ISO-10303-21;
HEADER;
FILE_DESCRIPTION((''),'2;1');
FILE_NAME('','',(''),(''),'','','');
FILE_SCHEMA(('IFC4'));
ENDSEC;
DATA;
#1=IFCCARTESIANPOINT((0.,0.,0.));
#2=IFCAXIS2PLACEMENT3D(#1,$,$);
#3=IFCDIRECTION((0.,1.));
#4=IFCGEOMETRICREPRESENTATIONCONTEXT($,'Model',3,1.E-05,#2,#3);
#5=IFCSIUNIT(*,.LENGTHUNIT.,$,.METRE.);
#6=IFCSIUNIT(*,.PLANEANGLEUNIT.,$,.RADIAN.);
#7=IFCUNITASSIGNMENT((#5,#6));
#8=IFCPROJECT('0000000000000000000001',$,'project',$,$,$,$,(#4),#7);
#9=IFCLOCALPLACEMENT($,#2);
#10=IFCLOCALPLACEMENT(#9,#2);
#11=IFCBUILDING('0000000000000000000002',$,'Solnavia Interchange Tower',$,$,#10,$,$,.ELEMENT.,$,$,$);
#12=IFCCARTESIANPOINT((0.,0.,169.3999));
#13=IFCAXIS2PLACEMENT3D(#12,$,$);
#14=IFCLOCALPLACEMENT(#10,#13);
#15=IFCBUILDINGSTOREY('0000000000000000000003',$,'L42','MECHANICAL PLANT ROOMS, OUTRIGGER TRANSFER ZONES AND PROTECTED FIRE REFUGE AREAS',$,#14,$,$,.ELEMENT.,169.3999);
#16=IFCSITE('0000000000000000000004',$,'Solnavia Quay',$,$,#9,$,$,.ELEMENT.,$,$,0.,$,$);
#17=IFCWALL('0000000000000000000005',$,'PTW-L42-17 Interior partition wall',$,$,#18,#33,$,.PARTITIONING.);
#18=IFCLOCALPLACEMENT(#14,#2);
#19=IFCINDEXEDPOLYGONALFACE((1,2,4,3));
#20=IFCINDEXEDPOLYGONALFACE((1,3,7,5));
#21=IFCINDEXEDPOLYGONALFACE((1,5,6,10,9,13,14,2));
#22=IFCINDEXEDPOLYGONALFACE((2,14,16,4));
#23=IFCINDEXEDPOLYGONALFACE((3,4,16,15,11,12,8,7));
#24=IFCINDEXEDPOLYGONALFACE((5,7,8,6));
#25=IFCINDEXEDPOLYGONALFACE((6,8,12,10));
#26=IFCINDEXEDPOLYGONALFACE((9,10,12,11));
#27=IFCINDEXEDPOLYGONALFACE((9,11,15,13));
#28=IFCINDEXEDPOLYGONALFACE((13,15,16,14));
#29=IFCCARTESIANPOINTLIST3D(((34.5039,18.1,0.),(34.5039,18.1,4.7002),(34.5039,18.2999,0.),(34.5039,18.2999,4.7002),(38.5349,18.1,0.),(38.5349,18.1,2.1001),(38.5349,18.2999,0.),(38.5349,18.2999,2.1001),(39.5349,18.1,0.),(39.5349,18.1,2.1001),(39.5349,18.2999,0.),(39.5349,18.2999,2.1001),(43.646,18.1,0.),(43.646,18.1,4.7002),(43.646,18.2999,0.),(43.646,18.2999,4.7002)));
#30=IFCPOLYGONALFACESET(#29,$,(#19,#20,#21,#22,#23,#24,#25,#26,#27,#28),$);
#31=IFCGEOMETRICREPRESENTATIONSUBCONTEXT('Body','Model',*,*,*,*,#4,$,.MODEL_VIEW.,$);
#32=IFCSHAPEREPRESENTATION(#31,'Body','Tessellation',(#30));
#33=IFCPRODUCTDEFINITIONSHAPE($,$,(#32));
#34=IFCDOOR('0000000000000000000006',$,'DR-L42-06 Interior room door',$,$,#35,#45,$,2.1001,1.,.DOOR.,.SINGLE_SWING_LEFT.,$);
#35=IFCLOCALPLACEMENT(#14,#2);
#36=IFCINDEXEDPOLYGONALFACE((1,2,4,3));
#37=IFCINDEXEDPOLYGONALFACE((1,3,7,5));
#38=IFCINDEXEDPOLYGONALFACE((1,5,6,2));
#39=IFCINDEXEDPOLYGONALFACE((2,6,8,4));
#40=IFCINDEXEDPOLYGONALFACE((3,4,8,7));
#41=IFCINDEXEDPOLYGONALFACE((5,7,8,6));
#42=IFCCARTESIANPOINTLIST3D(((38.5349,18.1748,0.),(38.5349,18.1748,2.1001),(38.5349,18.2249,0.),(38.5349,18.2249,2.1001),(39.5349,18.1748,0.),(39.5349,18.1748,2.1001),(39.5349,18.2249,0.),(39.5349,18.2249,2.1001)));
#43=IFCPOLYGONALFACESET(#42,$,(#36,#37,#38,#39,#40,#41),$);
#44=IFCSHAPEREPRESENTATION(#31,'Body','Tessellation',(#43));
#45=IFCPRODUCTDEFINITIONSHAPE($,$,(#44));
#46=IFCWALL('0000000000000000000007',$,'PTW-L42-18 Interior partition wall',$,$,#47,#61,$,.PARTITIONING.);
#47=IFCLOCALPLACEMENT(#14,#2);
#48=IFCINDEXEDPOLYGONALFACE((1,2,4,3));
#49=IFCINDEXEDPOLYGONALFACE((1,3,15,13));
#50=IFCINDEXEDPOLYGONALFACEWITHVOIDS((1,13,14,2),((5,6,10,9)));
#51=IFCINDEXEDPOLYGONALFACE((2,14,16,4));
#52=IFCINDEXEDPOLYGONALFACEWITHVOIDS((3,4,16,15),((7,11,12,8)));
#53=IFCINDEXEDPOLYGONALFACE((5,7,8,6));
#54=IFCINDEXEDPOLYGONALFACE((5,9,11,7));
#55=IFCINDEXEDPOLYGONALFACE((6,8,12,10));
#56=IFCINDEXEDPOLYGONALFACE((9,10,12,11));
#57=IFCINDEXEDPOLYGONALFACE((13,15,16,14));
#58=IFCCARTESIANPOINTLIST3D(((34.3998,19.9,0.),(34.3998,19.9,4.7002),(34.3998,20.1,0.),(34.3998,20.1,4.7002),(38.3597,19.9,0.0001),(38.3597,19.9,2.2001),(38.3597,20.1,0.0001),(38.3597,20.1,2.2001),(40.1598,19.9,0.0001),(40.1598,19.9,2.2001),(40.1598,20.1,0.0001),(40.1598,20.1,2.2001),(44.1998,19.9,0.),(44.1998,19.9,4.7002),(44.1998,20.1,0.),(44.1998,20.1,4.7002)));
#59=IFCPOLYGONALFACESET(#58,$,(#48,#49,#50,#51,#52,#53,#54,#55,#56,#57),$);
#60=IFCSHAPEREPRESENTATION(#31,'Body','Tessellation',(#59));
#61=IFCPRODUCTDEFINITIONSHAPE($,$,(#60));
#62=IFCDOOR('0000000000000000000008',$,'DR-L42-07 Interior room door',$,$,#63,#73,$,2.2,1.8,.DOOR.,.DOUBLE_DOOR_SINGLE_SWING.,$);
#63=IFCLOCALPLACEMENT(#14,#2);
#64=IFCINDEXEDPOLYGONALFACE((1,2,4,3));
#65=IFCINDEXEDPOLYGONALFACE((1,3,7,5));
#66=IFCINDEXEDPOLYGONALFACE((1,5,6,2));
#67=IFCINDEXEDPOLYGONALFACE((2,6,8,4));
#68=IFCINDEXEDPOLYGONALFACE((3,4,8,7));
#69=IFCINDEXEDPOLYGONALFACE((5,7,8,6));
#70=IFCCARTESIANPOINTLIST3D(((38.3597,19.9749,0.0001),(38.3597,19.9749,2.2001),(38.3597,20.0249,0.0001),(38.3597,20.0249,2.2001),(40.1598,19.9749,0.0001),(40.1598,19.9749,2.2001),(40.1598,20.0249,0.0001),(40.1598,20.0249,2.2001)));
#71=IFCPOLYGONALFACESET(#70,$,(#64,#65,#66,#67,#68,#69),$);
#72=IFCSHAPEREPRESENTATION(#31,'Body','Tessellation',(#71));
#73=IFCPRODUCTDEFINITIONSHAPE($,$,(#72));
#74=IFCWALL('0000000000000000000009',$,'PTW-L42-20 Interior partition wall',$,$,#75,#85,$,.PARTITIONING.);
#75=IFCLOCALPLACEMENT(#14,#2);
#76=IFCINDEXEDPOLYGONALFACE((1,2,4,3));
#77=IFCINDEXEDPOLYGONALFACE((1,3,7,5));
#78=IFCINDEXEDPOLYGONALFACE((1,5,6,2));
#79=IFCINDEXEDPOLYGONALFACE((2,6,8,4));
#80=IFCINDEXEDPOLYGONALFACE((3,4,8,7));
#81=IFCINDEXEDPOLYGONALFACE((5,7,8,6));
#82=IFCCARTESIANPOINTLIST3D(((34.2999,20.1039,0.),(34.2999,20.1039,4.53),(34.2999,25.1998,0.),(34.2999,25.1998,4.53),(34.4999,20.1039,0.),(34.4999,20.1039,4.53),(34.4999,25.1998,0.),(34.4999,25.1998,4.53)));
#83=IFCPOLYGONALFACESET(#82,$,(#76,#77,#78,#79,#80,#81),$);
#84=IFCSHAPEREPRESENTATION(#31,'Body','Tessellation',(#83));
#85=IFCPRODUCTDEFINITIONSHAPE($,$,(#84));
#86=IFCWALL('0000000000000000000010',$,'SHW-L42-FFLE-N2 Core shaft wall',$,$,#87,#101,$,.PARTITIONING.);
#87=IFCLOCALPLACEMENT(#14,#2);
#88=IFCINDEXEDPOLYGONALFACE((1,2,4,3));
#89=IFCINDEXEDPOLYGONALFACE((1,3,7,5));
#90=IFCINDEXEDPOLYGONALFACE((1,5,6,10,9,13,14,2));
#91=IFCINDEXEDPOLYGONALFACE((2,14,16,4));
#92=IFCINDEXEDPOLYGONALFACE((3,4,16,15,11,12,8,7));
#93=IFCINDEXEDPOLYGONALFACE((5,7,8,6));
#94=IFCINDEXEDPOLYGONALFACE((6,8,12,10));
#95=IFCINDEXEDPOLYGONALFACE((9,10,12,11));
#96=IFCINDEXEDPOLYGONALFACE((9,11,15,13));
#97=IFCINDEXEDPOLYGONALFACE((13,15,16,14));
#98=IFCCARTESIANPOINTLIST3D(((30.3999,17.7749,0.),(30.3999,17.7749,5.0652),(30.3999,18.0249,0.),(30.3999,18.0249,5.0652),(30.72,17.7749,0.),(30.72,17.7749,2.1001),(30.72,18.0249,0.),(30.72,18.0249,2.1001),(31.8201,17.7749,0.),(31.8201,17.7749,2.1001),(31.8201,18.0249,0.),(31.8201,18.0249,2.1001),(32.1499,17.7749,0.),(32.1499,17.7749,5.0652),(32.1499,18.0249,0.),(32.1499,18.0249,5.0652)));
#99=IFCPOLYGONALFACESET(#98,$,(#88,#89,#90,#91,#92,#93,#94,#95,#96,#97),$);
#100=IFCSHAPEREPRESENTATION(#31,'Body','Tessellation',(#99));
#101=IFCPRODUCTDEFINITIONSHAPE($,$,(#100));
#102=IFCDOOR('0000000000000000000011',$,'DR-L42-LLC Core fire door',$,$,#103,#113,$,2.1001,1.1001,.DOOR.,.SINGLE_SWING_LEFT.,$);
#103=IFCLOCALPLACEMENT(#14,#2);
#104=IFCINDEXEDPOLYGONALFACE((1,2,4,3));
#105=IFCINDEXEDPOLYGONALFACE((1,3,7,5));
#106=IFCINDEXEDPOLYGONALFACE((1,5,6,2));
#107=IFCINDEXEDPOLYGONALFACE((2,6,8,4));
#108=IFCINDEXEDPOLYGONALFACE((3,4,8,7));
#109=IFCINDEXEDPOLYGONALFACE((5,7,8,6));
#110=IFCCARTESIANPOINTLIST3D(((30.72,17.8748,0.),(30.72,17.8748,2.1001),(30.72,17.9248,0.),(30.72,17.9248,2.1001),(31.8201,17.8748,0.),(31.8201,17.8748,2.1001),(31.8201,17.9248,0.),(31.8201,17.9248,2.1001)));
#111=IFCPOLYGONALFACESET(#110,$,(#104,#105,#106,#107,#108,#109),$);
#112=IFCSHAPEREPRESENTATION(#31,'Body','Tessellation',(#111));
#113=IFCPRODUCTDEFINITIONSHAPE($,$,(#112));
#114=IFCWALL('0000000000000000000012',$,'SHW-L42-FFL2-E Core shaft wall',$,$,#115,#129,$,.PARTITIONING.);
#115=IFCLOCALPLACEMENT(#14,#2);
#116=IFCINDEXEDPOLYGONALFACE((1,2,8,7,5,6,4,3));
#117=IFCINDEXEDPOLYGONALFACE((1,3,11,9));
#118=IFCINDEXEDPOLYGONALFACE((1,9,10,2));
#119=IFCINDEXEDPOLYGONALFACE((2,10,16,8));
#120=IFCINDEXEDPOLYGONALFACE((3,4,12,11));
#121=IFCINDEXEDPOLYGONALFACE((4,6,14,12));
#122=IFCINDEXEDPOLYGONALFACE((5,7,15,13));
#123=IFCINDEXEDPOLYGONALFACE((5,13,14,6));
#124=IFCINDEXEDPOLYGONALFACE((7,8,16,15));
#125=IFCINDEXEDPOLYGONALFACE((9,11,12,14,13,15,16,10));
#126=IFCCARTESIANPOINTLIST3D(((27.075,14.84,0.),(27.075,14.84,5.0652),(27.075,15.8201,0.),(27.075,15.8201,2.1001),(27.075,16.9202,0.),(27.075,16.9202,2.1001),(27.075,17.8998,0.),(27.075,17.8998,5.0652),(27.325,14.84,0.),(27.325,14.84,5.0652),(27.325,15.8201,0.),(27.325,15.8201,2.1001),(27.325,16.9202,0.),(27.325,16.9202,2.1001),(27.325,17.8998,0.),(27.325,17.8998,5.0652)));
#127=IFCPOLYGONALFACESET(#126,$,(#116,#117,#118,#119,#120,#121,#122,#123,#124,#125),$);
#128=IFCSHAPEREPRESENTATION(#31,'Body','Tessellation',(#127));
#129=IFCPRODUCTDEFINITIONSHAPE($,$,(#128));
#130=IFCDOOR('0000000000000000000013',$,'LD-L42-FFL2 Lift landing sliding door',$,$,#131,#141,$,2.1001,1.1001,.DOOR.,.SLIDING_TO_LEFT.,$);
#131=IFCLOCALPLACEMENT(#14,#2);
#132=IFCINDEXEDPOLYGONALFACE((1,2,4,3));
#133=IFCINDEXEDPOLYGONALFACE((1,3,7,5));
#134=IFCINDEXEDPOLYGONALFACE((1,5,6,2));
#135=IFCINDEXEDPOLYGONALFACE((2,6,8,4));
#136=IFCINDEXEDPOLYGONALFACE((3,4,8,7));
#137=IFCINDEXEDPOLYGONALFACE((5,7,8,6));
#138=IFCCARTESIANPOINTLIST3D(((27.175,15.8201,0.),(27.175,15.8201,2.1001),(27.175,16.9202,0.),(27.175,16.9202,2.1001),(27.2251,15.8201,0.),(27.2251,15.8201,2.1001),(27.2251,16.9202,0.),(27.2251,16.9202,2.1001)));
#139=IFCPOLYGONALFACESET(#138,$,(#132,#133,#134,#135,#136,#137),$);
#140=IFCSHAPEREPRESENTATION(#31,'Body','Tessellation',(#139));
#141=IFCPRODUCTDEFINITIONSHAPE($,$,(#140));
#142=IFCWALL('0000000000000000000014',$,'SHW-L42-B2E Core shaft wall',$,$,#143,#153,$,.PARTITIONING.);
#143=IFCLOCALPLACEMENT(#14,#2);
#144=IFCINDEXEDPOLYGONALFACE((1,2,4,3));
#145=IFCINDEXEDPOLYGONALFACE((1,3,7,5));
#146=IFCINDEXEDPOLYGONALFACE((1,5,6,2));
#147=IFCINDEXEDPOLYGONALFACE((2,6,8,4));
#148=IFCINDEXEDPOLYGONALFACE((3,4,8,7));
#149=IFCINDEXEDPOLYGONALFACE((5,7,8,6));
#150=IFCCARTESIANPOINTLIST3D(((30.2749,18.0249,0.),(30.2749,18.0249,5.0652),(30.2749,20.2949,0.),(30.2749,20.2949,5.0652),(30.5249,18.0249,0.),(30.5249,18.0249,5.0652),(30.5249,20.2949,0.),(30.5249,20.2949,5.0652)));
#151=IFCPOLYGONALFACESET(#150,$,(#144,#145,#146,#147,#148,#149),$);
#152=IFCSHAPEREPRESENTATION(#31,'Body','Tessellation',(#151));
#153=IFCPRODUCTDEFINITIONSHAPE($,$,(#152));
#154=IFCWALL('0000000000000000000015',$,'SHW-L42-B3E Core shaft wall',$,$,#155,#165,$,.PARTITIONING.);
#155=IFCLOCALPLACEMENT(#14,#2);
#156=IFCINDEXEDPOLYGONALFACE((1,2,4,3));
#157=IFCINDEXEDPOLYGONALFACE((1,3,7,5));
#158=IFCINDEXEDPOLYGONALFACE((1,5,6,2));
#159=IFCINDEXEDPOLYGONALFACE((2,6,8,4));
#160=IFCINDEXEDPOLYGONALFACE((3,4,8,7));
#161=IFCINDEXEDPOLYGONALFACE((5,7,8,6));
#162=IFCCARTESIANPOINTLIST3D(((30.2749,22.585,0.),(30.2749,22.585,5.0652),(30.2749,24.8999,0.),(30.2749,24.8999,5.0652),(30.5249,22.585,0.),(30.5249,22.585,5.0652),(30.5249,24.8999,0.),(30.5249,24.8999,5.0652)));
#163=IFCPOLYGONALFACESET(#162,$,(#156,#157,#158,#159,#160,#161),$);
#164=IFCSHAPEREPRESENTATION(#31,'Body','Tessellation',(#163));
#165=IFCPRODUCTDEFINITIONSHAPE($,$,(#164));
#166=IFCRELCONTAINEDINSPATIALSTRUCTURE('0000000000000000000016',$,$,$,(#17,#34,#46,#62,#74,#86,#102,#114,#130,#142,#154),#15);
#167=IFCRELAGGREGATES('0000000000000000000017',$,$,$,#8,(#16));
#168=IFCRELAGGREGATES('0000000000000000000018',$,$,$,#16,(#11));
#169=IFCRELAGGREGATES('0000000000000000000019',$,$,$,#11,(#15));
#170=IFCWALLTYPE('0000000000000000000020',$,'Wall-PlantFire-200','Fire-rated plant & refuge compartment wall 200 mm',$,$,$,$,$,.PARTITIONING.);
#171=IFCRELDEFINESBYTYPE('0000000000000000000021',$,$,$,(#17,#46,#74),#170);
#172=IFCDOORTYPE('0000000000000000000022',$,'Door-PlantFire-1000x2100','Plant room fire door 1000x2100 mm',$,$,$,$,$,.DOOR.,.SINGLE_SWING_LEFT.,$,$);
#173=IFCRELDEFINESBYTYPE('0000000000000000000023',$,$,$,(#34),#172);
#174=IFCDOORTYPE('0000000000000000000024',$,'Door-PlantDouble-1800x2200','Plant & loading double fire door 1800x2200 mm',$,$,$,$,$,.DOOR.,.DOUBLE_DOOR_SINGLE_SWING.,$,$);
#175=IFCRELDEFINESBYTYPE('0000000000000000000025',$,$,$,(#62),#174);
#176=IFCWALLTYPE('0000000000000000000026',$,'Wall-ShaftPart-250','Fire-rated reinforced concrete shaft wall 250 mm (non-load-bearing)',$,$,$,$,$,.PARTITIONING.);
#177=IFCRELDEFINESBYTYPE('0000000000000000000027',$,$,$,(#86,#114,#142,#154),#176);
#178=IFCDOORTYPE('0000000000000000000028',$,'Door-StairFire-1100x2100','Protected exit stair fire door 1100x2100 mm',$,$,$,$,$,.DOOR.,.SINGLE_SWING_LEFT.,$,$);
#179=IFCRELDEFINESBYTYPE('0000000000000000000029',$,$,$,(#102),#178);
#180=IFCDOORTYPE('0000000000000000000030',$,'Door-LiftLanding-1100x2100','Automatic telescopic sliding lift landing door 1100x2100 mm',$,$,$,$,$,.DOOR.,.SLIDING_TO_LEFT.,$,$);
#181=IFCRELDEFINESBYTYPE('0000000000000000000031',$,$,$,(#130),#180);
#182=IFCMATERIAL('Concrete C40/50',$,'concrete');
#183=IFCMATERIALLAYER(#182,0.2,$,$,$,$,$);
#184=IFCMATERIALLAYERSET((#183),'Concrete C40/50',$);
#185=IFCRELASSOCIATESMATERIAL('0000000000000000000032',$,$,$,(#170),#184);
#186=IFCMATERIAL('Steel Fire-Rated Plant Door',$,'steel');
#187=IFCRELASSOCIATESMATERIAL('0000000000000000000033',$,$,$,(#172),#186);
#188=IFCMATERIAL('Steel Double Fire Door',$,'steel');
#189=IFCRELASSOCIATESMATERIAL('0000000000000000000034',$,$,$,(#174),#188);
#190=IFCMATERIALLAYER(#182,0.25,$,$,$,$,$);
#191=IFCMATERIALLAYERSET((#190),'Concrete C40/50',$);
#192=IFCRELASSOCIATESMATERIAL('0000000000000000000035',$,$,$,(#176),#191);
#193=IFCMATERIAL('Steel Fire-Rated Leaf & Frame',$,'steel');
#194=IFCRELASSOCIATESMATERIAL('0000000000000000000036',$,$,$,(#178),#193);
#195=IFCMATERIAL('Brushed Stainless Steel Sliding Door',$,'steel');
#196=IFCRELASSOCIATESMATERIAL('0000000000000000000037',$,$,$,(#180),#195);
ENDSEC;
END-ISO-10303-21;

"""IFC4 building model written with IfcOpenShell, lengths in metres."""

from ifc_helpers import new_model, si_unit, direction, frame, frame_2d, origin, place, context, subcontext, project, spatial, rectangle, extrude, material, layer, layer_set, type_object, element, fill, save


model = new_model("IFC4")

# Units and contexts
model_context = context("Model", 3, precision=1e-05, world=origin(), true_north=direction((0.0, 1.0)))
body_context = subcontext(model_context, "Body", "Model", "MODEL_VIEW")
ifc_project = project(units=[si_unit("LENGTHUNIT", "METRE"), si_unit("PLANEANGLEUNIT", "RADIAN")], contexts=[model_context])

# Site, building, storey
site_placement = place(None, origin())
site = spatial("IfcSite", under=ifc_project, at=site_placement, Name="Solnavia Quay", CompositionType="ELEMENT", RefElevation=0.0)
building_placement = place(site_placement, origin())
building = spatial("IfcBuilding", under=site, at=building_placement, Name="Solnavia Interchange Tower", CompositionType="ELEMENT")
storey_placement = place(building_placement, frame((0.0, 0.0, 169.3999)))
storey = spatial("IfcBuildingStorey", under=building, at=storey_placement, Name="L42", Description="MECHANICAL PLANT ROOMS, OUTRIGGER TRANSFER ZONES AND PROTECTED FIRE REFUGE AREAS", CompositionType="ELEMENT", Elevation=169.3999)

# Shared definitions
ifc_material_1 = material(Name="Concrete C40/50", Category="concrete")

# Shared definitions
ifc_layer_1 = layer(ifc_material_1, 0.2)
ifc_layer_set_1 = layer_set([ifc_layer_1], Name="Concrete C40/50")
wall_type_1 = type_object("IfcWallType", Name="Wall-PlantFire-200", Description="Fire-rated plant & refuge compartment wall 200 mm", PredefinedType="PARTITIONING", material=ifc_layer_set_1)

# Walls, openings, doors
wall_1_placement = place(storey_placement, frame((34.5039, 18.2, 0.0), z_axis=(0.0, 0.0, 1.0), x_axis=(1.0, 0.0, 0.0)))
wall_1 = element("IfcWall", 1, at=wall_1_placement, inside=storey, type_object=wall_type_1, Name="PTW-L42-17 Interior partition wall", PredefinedType="PARTITIONING", context=body_context, shape_type="SweptSolid", body=[
    extrude(rectangle(XDim=9.1421, YDim=0.2, at=frame_2d((4.571, 0.0))), origin(), (0.0, 0.0, 1.0), 4.7002),
])
opening_1_placement = place(wall_1_placement, frame((4.031, 0.0, 0.0)))
opening_1 = element("IfcOpeningElement", 2, at=opening_1_placement, cuts=wall_1, PredefinedType="OPENING", context=body_context, shape_type="SweptSolid", body=[
    extrude(rectangle(XDim=1.0, YDim=2.1001, at=frame_2d((0.5, 1.05))), frame((0.0, 0.1099, 0.0), z_axis=(0.0, -1.0, 0.0), x_axis=(1.0, 0.0, 0.0)), (0.0, 0.0, 1.0), 0.22),
])
ifc_material_2 = material(Name="Steel Fire-Rated Plant Door", Category="steel")
door_type_1 = type_object("IfcDoorType", Name="Door-PlantFire-1000x2100", Description="Plant room fire door 1000x2100 mm", OperationType="SINGLE_SWING_LEFT", PredefinedType="DOOR", material=ifc_material_2)
door_1_placement = place(opening_1_placement, origin())
door_1 = element("IfcDoor", 3, at=door_1_placement, inside=storey, type_object=door_type_1, Name="DR-L42-06 Interior room door", OperationType="SINGLE_SWING_LEFT", OverallHeight=2.1001, OverallWidth=1.0, PredefinedType="DOOR", context=body_context, shape_type="SweptSolid", body=[
    extrude(rectangle(XDim=1.0, YDim=2.1001, at=frame_2d((0.5, 1.05))), frame((0.0, 0.0249, 0.0), z_axis=(0.0, -1.0, 0.0), x_axis=(1.0, 0.0, 0.0)), (0.0, 0.0, 1.0), 0.05),
])
fill(opening_1, door_1)
wall_2_placement = place(storey_placement, frame((34.3999, 20.0, 0.0), z_axis=(0.0, 0.0, 1.0), x_axis=(1.0, 0.0, 0.0)))
wall_2 = element("IfcWall", 4, at=wall_2_placement, inside=storey, type_object=wall_type_1, Name="PTW-L42-18 Interior partition wall", PredefinedType="PARTITIONING", context=body_context, shape_type="SweptSolid", body=[
    extrude(rectangle(XDim=9.8, YDim=0.2, at=frame_2d((4.8999, 0.0))), origin(), (0.0, 0.0, 1.0), 4.7002),
])
opening_2_placement = place(wall_2_placement, frame((3.96, 0.0, 0.0)))
opening_2 = element("IfcOpeningElement", 5, at=opening_2_placement, cuts=wall_2, PredefinedType="OPENING", context=body_context, shape_type="SweptSolid", body=[
    extrude(rectangle(XDim=1.8, YDim=2.2, at=frame_2d((0.8999, 1.1001))), frame((0.0, 0.1099, 0.0), z_axis=(0.0, -1.0, 0.0), x_axis=(1.0, 0.0, 0.0)), (0.0, 0.0, 1.0), 0.22),
])
ifc_material_3 = material(Name="Steel Double Fire Door", Category="steel")
door_type_2 = type_object("IfcDoorType", Name="Door-PlantDouble-1800x2200", Description="Plant & loading double fire door 1800x2200 mm", OperationType="DOUBLE_DOOR_SINGLE_SWING", PredefinedType="DOOR", material=ifc_material_3)
door_2_placement = place(opening_2_placement, origin())
door_2 = element("IfcDoor", 6, at=door_2_placement, inside=storey, type_object=door_type_2, Name="DR-L42-07 Interior room door", OperationType="DOUBLE_DOOR_SINGLE_SWING", OverallHeight=2.2, OverallWidth=1.8, PredefinedType="DOOR", context=body_context, shape_type="SweptSolid", body=[
    extrude(rectangle(XDim=1.8, YDim=2.2, at=frame_2d((0.8999, 1.1001))), frame((0.0, 0.0249, 0.0), z_axis=(0.0, -1.0, 0.0), x_axis=(1.0, 0.0, 0.0)), (0.0, 0.0, 1.0), 0.05),
])
fill(opening_2, door_2)

# Wall
wall_3_placement = place(storey_placement, frame((34.3999, 20.104, 0.0), z_axis=(0.0, 0.0, 1.0), x_axis=(0.0, 1.0, 0.0)))
element("IfcWall", 7, at=wall_3_placement, inside=storey, type_object=wall_type_1, Name="PTW-L42-20 Interior partition wall", PredefinedType="PARTITIONING", context=body_context, shape_type="SweptSolid", body=[
    extrude(rectangle(XDim=5.0959, YDim=0.2, at=frame_2d((2.5479, 0.0))), origin(), (0.0, 0.0, 1.0), 4.53),
])

# Walls, openings, doors
ifc_layer_2 = layer(ifc_material_1, 0.25)
ifc_layer_set_2 = layer_set([ifc_layer_2], Name="Concrete C40/50")
wall_type_2 = type_object("IfcWallType", Name="Wall-ShaftPart-250", Description="Fire-rated reinforced concrete shaft wall 250 mm (non-load-bearing)", PredefinedType="PARTITIONING", material=ifc_layer_set_2)
wall_4_placement = place(storey_placement, frame((30.3999, 17.8999, 0.0), z_axis=(0.0, 0.0, 1.0), x_axis=(1.0, 0.0, 0.0)))
wall_4 = element("IfcWall", 8, at=wall_4_placement, inside=storey, type_object=wall_type_2, Name="SHW-L42-FFLE-N2 Core shaft wall", PredefinedType="PARTITIONING", context=body_context, shape_type="SweptSolid", body=[
    extrude(rectangle(XDim=1.75, YDim=0.25, at=frame_2d((0.875, 0.0))), origin(), (0.0, 0.0, 1.0), 5.0652),
])
opening_3_placement = place(wall_4_placement, frame((0.3201, 0.0, 0.0)))
opening_3 = element("IfcOpeningElement", 9, at=opening_3_placement, cuts=wall_4, PredefinedType="OPENING", context=body_context, shape_type="SweptSolid", body=[
    extrude(rectangle(XDim=1.1001, YDim=2.1001, at=frame_2d((0.55, 1.05))), frame((0.0, 0.135, 0.0), z_axis=(0.0, -1.0, 0.0), x_axis=(1.0, 0.0, 0.0)), (0.0, 0.0, 1.0), 0.27),
])
ifc_material_4 = material(Name="Steel Fire-Rated Leaf & Frame", Category="steel")
door_type_3 = type_object("IfcDoorType", Name="Door-StairFire-1100x2100", Description="Protected exit stair fire door 1100x2100 mm", OperationType="SINGLE_SWING_LEFT", PredefinedType="DOOR", material=ifc_material_4)
door_3_placement = place(opening_3_placement, origin())
door_3 = element("IfcDoor", 10, at=door_3_placement, inside=storey, type_object=door_type_3, Name="DR-L42-LLC Core fire door", OperationType="SINGLE_SWING_LEFT", OverallHeight=2.1001, OverallWidth=1.1001, PredefinedType="DOOR", context=body_context, shape_type="SweptSolid", body=[
    extrude(rectangle(XDim=1.1001, YDim=2.1001, at=frame_2d((0.55, 1.05))), frame((0.0, 0.0249, 0.0), z_axis=(0.0, -1.0, 0.0), x_axis=(1.0, 0.0, 0.0)), (0.0, 0.0, 1.0), 0.05),
])
fill(opening_3, door_3)
wall_5_placement = place(storey_placement, frame((27.2, 14.8401, 0.0), z_axis=(0.0, 0.0, 1.0), x_axis=(0.0, 1.0, 0.0)))
wall_5 = element("IfcWall", 11, at=wall_5_placement, inside=storey, type_object=wall_type_2, Name="SHW-L42-FFL2-E Core shaft wall", PredefinedType="PARTITIONING", context=body_context, shape_type="SweptSolid", body=[
    extrude(rectangle(XDim=3.0598, YDim=0.25, at=frame_2d((1.5298, 0.0))), origin(), (0.0, 0.0, 1.0), 5.0652),
])
opening_4_placement = place(wall_5_placement, frame((0.98, 0.0, 0.0)))
opening_4 = element("IfcOpeningElement", 12, at=opening_4_placement, cuts=wall_5, PredefinedType="OPENING", context=body_context, shape_type="SweptSolid", body=[
    extrude(rectangle(XDim=1.1001, YDim=2.1001, at=frame_2d((0.55, 1.05))), frame((0.0, 0.135, 0.0), z_axis=(0.0, -1.0, 0.0), x_axis=(1.0, 0.0, 0.0)), (0.0, 0.0, 1.0), 0.27),
])
ifc_material_5 = material(Name="Brushed Stainless Steel Sliding Door", Category="steel")
door_type_4 = type_object("IfcDoorType", Name="Door-LiftLanding-1100x2100", Description="Automatic telescopic sliding lift landing door 1100x2100 mm", OperationType="SLIDING_TO_LEFT", PredefinedType="DOOR", material=ifc_material_5)
door_4_placement = place(opening_4_placement, origin())
door_4 = element("IfcDoor", 13, at=door_4_placement, inside=storey, type_object=door_type_4, Name="LD-L42-FFL2 Lift landing sliding door", OperationType="SLIDING_TO_LEFT", OverallHeight=2.1001, OverallWidth=1.1001, PredefinedType="DOOR", context=body_context, shape_type="SweptSolid", body=[
    extrude(rectangle(XDim=1.1001, YDim=2.1001, at=frame_2d((0.55, 1.05))), frame((0.0, 0.0249, 0.0), z_axis=(0.0, -1.0, 0.0), x_axis=(1.0, 0.0, 0.0)), (0.0, 0.0, 1.0), 0.05),
])
fill(opening_4, door_4)

# Walls
wall_6_placement = place(storey_placement, frame((30.3999, 18.0249, 0.0), z_axis=(0.0, 0.0, 1.0), x_axis=(0.0, 1.0, 0.0)))
element("IfcWall", 14, at=wall_6_placement, inside=storey, type_object=wall_type_2, Name="SHW-L42-B2E Core shaft wall", PredefinedType="PARTITIONING", context=body_context, shape_type="SweptSolid", body=[
    extrude(rectangle(XDim=2.27, YDim=0.25, at=frame_2d((1.135, 0.0))), origin(), (0.0, 0.0, 1.0), 5.0652),
])
wall_7_placement = place(storey_placement, frame((30.3999, 22.585, 0.0), z_axis=(0.0, 0.0, 1.0), x_axis=(0.0, 1.0, 0.0)))
element("IfcWall", 15, at=wall_7_placement, inside=storey, type_object=wall_type_2, Name="SHW-L42-B3E Core shaft wall", PredefinedType="PARTITIONING", context=body_context, shape_type="SweptSolid", body=[
    extrude(rectangle(XDim=2.3149, YDim=0.25, at=frame_2d((1.1575, 0.0))), origin(), (0.0, 0.0, 1.0), 5.0652),
])

save(model, "model.ifc")
